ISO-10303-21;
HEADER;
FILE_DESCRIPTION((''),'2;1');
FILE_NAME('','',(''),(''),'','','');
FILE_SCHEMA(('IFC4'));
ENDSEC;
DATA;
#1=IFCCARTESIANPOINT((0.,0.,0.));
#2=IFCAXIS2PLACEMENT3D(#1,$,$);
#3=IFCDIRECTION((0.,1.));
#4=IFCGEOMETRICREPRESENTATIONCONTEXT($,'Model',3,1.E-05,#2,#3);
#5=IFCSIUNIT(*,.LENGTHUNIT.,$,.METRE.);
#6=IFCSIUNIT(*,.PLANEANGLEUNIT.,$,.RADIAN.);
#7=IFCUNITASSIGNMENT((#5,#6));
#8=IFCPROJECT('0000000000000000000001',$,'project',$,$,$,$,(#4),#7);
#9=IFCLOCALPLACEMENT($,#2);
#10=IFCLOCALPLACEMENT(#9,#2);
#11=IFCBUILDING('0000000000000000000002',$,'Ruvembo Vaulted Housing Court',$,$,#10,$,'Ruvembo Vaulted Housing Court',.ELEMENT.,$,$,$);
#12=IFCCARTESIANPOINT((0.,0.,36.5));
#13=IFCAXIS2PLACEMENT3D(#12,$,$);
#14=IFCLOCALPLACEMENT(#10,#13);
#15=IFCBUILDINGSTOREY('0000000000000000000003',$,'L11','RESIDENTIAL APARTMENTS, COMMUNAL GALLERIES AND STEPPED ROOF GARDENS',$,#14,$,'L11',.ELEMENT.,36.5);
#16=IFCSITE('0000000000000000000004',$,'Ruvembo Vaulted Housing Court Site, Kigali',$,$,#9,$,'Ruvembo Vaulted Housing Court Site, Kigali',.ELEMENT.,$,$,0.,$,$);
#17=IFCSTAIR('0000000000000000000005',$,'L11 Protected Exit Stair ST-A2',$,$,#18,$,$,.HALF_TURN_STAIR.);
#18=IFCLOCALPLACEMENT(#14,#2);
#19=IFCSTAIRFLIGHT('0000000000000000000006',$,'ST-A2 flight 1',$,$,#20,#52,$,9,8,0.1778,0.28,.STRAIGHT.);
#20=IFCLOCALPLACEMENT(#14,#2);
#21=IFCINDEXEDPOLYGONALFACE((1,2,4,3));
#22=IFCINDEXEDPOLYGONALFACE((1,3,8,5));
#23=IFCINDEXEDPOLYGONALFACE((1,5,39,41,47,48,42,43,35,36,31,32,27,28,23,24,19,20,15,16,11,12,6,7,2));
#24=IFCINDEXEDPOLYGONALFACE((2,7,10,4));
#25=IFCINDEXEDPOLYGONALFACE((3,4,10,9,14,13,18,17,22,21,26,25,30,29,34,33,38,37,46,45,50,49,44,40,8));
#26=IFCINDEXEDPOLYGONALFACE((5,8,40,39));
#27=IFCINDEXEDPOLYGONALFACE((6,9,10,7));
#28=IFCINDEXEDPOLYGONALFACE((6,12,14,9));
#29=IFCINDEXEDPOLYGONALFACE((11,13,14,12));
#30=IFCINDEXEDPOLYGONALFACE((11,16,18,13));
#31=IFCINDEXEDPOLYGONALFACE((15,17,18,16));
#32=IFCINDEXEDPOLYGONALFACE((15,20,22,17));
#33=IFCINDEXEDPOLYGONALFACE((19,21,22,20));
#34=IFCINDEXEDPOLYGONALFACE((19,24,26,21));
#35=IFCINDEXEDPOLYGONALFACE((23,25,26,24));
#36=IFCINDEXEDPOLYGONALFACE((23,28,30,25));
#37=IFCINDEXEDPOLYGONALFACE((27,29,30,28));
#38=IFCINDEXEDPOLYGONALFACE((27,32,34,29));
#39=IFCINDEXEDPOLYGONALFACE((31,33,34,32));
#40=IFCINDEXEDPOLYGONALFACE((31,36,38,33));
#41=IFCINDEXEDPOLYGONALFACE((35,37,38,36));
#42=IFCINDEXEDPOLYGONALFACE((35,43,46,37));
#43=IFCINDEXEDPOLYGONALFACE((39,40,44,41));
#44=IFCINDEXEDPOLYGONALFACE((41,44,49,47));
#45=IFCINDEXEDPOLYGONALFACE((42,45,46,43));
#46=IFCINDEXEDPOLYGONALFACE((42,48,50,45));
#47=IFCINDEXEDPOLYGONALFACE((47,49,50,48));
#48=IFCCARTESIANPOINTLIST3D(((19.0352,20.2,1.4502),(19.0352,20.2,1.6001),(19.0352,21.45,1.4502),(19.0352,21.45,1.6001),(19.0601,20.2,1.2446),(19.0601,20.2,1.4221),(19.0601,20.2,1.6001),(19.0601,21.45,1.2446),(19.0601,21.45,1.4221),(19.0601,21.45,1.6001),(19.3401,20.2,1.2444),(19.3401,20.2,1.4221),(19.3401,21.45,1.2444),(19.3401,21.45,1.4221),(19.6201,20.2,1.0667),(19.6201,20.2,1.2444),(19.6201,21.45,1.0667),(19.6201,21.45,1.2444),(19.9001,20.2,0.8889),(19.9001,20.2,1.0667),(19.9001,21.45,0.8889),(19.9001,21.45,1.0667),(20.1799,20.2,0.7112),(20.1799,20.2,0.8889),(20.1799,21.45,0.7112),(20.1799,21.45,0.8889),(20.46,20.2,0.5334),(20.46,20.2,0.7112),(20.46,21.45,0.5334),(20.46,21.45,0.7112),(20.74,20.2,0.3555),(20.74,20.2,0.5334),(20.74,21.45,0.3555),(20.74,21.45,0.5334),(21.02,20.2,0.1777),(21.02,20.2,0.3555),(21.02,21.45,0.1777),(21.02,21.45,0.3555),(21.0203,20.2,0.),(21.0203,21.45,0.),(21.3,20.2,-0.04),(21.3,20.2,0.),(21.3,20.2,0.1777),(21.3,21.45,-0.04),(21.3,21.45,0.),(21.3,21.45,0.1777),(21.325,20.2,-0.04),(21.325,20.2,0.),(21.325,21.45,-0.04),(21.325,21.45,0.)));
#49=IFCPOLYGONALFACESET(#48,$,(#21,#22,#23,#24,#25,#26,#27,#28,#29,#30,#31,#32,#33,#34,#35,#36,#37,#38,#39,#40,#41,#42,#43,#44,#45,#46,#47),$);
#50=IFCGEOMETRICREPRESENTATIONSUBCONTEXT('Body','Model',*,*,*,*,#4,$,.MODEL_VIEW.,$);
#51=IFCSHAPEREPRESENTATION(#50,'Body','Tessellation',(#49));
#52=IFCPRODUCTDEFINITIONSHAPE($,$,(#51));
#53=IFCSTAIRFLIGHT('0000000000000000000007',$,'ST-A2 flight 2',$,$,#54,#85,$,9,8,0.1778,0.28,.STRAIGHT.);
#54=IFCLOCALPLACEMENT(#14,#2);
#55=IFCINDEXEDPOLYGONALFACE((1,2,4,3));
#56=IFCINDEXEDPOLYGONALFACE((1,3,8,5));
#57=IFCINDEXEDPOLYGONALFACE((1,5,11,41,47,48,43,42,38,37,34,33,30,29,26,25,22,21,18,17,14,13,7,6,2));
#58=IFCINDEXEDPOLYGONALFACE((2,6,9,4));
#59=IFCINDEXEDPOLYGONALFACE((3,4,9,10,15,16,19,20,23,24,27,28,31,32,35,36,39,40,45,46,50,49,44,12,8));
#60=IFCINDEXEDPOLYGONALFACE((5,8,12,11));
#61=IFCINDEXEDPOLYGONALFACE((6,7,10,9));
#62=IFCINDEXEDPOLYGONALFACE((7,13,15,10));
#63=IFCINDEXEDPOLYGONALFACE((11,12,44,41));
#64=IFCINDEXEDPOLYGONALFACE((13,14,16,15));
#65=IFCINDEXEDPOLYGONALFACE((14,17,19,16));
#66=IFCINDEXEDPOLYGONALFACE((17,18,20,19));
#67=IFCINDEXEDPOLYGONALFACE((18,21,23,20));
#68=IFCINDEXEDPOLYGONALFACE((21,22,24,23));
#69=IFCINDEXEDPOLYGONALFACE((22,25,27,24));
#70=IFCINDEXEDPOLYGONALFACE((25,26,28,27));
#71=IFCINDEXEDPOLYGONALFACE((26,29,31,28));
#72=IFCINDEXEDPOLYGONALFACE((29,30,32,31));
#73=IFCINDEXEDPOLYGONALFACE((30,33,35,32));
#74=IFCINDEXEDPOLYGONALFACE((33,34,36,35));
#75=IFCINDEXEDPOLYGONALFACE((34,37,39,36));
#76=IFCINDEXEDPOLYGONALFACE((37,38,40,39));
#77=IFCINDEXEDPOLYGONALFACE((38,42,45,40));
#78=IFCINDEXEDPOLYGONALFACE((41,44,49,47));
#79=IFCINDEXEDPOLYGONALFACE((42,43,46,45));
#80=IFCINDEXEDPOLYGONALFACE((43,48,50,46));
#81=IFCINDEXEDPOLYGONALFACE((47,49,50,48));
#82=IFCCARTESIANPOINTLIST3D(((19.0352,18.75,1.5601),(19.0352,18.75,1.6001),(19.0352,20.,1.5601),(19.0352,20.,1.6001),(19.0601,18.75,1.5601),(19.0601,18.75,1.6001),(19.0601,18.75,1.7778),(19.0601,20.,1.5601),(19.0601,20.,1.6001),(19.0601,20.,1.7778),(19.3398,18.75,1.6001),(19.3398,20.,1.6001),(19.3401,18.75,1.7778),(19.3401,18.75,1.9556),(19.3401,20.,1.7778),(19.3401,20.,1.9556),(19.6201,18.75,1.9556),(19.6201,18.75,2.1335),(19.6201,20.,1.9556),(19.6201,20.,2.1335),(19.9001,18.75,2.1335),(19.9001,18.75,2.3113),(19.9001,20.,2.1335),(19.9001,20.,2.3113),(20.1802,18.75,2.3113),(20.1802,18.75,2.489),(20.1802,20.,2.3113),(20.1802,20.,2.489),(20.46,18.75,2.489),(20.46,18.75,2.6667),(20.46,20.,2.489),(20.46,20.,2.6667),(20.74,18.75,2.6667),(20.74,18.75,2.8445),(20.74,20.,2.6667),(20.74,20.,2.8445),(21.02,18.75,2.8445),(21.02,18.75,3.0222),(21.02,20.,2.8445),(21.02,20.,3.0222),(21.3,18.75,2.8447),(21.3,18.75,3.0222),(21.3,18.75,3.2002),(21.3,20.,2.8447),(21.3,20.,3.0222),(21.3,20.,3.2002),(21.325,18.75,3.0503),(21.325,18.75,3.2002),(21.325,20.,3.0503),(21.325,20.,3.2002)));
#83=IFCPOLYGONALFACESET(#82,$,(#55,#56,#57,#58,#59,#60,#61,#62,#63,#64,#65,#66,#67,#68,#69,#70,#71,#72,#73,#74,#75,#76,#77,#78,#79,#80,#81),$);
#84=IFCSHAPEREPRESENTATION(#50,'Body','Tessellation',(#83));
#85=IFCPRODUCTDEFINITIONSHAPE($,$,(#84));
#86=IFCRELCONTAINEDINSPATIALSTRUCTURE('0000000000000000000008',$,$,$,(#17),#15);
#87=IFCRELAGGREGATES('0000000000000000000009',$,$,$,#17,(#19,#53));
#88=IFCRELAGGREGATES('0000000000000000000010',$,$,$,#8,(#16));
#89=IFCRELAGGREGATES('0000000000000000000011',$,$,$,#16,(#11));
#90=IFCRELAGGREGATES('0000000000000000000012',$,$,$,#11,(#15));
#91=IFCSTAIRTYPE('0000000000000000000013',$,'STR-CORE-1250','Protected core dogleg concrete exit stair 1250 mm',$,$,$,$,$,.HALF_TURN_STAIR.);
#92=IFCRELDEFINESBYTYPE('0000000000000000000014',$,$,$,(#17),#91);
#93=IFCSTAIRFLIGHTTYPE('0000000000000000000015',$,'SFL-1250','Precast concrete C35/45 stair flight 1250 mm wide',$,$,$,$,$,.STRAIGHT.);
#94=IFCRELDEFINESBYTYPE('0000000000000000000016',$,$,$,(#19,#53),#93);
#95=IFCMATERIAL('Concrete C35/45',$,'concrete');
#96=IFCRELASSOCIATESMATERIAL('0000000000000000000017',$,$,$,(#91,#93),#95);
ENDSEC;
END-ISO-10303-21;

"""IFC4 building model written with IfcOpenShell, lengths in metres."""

from ifc_helpers import new_model, si_unit, direction, frame, origin, place, context, subcontext, project, spatial, polyline, outline, extrude, material, type_object, element, aggregate, save


model = new_model("IFC4")

# Units and contexts
model_context = context("Model", 3, precision=1e-05, world=origin(), true_north=direction((0.0, 1.0)))
body_context = subcontext(model_context, "Body", "Model", "MODEL_VIEW")
ifc_project = project(units=[si_unit("LENGTHUNIT", "METRE"), si_unit("PLANEANGLEUNIT", "RADIAN")], contexts=[model_context])

# Site, building, storey
site_placement = place(None, origin())
site = spatial("IfcSite", under=ifc_project, at=site_placement, Name="Ruvembo Vaulted Housing Court Site, Kigali", LongName="Ruvembo Vaulted Housing Court Site, Kigali", CompositionType="ELEMENT", RefElevation=0.0)
building_placement = place(site_placement, origin())
building = spatial("IfcBuilding", under=site, at=building_placement, Name="Ruvembo Vaulted Housing Court", LongName="Ruvembo Vaulted Housing Court", CompositionType="ELEMENT")
storey_placement = place(building_placement, frame((0.0, 0.0, 36.5)))
storey = spatial("IfcBuildingStorey", under=building, at=storey_placement, Name="L11", Description="RESIDENTIAL APARTMENTS, COMMUNAL GALLERIES AND STEPPED ROOF GARDENS", LongName="L11", CompositionType="ELEMENT", Elevation=36.5)

# Shared definitions
ifc_material_1 = material(Name="Concrete C35/45", Category="concrete")

# Stair, stair flights
stair_type = type_object("IfcStairType", Name="STR-CORE-1250", Description="Protected core dogleg concrete exit stair 1250 mm", PredefinedType="HALF_TURN_STAIR", material=ifc_material_1)
stair_placement = place(storey_placement, origin())
stair = element("IfcStair", 1, at=stair_placement, inside=storey, type_object=stair_type, Name="L11 Protected Exit Stair ST-A2", PredefinedType="HALF_TURN_STAIR")
stair_flight_type = type_object("IfcStairFlightType", Name="SFL-1250", Description="Precast concrete C35/45 stair flight 1250 mm wide", PredefinedType="STRAIGHT", material=ifc_material_1)
stair_flight_1_placement = place(storey_placement, frame((21.3, 20.825, 0.0), z_axis=(0.0, 0.0, 1.0), x_axis=(-1.0, 0.0, 0.0)))
stair_flight_1 = element("IfcStairFlight", 2, at=stair_flight_1_placement, type_object=stair_flight_type, Name="ST-A2 flight 1", NumberOfRisers=9, NumberOfTreads=8, PredefinedType="STRAIGHT", RiserHeight=0.1778, TreadLength=0.28, context=body_context, shape_type="SweptSolid", body=[
    extrude(outline(polyline([(-0.0249, -0.04), (-0.0249, 0.0), (0.0, 0.0), (0.0, 0.1777), (0.28, 0.1777), (0.28, 0.3555), (0.5601, 0.3555), (0.5601, 0.5334), (0.8401, 0.5334), (0.8401, 0.7112), (1.1201, 0.7112), (1.1201, 0.8889), (1.3999, 0.8889), (1.3999, 1.0667), (1.6799, 1.0667), (1.6799, 1.2444), (1.96, 1.2444), (1.96, 1.4221), (2.24, 1.4221), (2.24, 1.6001), (2.2649, 1.6001), (2.2649, 1.4502), (2.24, 1.2446), (0.2798, 0.0), (0.0, -0.04), (-0.0249, -0.04)])), frame((0.0, 0.625, 0.0), z_axis=(0.0, -1.0, 0.0), x_axis=(1.0, 0.0, 0.0)), (0.0, 0.0, 1.0), 1.25),
])
stair_flight_2_placement = place(storey_placement, frame((19.0601, 19.375, 1.6001), z_axis=(0.0, 0.0, 1.0), x_axis=(1.0, 0.0, 0.0)))
stair_flight_2 = element("IfcStairFlight", 3, at=stair_flight_2_placement, type_object=stair_flight_type, Name="ST-A2 flight 2", NumberOfRisers=9, NumberOfTreads=8, PredefinedType="STRAIGHT", RiserHeight=0.1778, TreadLength=0.28, context=body_context, shape_type="SweptSolid", body=[
    extrude(outline(polyline([(-0.0249, -0.04), (-0.0249, 0.0), (0.0, 0.0), (0.0, 0.1777), (0.28, 0.1777), (0.28, 0.3555), (0.5601, 0.3555), (0.5601, 0.5334), (0.8401, 0.5334), (0.8401, 0.7112), (1.1201, 0.7112), (1.1201, 0.8889), (1.3999, 0.8889), (1.3999, 1.0667), (1.6799, 1.0667), (1.6799, 1.2444), (1.96, 1.2444), (1.96, 1.4221), (2.24, 1.4221), (2.24, 1.6001), (2.2649, 1.6001), (2.2649, 1.4502), (2.24, 1.2446), (0.2798, 0.0), (0.0, -0.04), (-0.0249, -0.04)])), frame((0.0, 0.625, 0.0), z_axis=(0.0, -1.0, 0.0), x_axis=(1.0, 0.0, 0.0)), (0.0, 0.0, 1.0), 1.25),
])
aggregate(stair, [stair_flight_1, stair_flight_2])

save(model, "model.ifc")
